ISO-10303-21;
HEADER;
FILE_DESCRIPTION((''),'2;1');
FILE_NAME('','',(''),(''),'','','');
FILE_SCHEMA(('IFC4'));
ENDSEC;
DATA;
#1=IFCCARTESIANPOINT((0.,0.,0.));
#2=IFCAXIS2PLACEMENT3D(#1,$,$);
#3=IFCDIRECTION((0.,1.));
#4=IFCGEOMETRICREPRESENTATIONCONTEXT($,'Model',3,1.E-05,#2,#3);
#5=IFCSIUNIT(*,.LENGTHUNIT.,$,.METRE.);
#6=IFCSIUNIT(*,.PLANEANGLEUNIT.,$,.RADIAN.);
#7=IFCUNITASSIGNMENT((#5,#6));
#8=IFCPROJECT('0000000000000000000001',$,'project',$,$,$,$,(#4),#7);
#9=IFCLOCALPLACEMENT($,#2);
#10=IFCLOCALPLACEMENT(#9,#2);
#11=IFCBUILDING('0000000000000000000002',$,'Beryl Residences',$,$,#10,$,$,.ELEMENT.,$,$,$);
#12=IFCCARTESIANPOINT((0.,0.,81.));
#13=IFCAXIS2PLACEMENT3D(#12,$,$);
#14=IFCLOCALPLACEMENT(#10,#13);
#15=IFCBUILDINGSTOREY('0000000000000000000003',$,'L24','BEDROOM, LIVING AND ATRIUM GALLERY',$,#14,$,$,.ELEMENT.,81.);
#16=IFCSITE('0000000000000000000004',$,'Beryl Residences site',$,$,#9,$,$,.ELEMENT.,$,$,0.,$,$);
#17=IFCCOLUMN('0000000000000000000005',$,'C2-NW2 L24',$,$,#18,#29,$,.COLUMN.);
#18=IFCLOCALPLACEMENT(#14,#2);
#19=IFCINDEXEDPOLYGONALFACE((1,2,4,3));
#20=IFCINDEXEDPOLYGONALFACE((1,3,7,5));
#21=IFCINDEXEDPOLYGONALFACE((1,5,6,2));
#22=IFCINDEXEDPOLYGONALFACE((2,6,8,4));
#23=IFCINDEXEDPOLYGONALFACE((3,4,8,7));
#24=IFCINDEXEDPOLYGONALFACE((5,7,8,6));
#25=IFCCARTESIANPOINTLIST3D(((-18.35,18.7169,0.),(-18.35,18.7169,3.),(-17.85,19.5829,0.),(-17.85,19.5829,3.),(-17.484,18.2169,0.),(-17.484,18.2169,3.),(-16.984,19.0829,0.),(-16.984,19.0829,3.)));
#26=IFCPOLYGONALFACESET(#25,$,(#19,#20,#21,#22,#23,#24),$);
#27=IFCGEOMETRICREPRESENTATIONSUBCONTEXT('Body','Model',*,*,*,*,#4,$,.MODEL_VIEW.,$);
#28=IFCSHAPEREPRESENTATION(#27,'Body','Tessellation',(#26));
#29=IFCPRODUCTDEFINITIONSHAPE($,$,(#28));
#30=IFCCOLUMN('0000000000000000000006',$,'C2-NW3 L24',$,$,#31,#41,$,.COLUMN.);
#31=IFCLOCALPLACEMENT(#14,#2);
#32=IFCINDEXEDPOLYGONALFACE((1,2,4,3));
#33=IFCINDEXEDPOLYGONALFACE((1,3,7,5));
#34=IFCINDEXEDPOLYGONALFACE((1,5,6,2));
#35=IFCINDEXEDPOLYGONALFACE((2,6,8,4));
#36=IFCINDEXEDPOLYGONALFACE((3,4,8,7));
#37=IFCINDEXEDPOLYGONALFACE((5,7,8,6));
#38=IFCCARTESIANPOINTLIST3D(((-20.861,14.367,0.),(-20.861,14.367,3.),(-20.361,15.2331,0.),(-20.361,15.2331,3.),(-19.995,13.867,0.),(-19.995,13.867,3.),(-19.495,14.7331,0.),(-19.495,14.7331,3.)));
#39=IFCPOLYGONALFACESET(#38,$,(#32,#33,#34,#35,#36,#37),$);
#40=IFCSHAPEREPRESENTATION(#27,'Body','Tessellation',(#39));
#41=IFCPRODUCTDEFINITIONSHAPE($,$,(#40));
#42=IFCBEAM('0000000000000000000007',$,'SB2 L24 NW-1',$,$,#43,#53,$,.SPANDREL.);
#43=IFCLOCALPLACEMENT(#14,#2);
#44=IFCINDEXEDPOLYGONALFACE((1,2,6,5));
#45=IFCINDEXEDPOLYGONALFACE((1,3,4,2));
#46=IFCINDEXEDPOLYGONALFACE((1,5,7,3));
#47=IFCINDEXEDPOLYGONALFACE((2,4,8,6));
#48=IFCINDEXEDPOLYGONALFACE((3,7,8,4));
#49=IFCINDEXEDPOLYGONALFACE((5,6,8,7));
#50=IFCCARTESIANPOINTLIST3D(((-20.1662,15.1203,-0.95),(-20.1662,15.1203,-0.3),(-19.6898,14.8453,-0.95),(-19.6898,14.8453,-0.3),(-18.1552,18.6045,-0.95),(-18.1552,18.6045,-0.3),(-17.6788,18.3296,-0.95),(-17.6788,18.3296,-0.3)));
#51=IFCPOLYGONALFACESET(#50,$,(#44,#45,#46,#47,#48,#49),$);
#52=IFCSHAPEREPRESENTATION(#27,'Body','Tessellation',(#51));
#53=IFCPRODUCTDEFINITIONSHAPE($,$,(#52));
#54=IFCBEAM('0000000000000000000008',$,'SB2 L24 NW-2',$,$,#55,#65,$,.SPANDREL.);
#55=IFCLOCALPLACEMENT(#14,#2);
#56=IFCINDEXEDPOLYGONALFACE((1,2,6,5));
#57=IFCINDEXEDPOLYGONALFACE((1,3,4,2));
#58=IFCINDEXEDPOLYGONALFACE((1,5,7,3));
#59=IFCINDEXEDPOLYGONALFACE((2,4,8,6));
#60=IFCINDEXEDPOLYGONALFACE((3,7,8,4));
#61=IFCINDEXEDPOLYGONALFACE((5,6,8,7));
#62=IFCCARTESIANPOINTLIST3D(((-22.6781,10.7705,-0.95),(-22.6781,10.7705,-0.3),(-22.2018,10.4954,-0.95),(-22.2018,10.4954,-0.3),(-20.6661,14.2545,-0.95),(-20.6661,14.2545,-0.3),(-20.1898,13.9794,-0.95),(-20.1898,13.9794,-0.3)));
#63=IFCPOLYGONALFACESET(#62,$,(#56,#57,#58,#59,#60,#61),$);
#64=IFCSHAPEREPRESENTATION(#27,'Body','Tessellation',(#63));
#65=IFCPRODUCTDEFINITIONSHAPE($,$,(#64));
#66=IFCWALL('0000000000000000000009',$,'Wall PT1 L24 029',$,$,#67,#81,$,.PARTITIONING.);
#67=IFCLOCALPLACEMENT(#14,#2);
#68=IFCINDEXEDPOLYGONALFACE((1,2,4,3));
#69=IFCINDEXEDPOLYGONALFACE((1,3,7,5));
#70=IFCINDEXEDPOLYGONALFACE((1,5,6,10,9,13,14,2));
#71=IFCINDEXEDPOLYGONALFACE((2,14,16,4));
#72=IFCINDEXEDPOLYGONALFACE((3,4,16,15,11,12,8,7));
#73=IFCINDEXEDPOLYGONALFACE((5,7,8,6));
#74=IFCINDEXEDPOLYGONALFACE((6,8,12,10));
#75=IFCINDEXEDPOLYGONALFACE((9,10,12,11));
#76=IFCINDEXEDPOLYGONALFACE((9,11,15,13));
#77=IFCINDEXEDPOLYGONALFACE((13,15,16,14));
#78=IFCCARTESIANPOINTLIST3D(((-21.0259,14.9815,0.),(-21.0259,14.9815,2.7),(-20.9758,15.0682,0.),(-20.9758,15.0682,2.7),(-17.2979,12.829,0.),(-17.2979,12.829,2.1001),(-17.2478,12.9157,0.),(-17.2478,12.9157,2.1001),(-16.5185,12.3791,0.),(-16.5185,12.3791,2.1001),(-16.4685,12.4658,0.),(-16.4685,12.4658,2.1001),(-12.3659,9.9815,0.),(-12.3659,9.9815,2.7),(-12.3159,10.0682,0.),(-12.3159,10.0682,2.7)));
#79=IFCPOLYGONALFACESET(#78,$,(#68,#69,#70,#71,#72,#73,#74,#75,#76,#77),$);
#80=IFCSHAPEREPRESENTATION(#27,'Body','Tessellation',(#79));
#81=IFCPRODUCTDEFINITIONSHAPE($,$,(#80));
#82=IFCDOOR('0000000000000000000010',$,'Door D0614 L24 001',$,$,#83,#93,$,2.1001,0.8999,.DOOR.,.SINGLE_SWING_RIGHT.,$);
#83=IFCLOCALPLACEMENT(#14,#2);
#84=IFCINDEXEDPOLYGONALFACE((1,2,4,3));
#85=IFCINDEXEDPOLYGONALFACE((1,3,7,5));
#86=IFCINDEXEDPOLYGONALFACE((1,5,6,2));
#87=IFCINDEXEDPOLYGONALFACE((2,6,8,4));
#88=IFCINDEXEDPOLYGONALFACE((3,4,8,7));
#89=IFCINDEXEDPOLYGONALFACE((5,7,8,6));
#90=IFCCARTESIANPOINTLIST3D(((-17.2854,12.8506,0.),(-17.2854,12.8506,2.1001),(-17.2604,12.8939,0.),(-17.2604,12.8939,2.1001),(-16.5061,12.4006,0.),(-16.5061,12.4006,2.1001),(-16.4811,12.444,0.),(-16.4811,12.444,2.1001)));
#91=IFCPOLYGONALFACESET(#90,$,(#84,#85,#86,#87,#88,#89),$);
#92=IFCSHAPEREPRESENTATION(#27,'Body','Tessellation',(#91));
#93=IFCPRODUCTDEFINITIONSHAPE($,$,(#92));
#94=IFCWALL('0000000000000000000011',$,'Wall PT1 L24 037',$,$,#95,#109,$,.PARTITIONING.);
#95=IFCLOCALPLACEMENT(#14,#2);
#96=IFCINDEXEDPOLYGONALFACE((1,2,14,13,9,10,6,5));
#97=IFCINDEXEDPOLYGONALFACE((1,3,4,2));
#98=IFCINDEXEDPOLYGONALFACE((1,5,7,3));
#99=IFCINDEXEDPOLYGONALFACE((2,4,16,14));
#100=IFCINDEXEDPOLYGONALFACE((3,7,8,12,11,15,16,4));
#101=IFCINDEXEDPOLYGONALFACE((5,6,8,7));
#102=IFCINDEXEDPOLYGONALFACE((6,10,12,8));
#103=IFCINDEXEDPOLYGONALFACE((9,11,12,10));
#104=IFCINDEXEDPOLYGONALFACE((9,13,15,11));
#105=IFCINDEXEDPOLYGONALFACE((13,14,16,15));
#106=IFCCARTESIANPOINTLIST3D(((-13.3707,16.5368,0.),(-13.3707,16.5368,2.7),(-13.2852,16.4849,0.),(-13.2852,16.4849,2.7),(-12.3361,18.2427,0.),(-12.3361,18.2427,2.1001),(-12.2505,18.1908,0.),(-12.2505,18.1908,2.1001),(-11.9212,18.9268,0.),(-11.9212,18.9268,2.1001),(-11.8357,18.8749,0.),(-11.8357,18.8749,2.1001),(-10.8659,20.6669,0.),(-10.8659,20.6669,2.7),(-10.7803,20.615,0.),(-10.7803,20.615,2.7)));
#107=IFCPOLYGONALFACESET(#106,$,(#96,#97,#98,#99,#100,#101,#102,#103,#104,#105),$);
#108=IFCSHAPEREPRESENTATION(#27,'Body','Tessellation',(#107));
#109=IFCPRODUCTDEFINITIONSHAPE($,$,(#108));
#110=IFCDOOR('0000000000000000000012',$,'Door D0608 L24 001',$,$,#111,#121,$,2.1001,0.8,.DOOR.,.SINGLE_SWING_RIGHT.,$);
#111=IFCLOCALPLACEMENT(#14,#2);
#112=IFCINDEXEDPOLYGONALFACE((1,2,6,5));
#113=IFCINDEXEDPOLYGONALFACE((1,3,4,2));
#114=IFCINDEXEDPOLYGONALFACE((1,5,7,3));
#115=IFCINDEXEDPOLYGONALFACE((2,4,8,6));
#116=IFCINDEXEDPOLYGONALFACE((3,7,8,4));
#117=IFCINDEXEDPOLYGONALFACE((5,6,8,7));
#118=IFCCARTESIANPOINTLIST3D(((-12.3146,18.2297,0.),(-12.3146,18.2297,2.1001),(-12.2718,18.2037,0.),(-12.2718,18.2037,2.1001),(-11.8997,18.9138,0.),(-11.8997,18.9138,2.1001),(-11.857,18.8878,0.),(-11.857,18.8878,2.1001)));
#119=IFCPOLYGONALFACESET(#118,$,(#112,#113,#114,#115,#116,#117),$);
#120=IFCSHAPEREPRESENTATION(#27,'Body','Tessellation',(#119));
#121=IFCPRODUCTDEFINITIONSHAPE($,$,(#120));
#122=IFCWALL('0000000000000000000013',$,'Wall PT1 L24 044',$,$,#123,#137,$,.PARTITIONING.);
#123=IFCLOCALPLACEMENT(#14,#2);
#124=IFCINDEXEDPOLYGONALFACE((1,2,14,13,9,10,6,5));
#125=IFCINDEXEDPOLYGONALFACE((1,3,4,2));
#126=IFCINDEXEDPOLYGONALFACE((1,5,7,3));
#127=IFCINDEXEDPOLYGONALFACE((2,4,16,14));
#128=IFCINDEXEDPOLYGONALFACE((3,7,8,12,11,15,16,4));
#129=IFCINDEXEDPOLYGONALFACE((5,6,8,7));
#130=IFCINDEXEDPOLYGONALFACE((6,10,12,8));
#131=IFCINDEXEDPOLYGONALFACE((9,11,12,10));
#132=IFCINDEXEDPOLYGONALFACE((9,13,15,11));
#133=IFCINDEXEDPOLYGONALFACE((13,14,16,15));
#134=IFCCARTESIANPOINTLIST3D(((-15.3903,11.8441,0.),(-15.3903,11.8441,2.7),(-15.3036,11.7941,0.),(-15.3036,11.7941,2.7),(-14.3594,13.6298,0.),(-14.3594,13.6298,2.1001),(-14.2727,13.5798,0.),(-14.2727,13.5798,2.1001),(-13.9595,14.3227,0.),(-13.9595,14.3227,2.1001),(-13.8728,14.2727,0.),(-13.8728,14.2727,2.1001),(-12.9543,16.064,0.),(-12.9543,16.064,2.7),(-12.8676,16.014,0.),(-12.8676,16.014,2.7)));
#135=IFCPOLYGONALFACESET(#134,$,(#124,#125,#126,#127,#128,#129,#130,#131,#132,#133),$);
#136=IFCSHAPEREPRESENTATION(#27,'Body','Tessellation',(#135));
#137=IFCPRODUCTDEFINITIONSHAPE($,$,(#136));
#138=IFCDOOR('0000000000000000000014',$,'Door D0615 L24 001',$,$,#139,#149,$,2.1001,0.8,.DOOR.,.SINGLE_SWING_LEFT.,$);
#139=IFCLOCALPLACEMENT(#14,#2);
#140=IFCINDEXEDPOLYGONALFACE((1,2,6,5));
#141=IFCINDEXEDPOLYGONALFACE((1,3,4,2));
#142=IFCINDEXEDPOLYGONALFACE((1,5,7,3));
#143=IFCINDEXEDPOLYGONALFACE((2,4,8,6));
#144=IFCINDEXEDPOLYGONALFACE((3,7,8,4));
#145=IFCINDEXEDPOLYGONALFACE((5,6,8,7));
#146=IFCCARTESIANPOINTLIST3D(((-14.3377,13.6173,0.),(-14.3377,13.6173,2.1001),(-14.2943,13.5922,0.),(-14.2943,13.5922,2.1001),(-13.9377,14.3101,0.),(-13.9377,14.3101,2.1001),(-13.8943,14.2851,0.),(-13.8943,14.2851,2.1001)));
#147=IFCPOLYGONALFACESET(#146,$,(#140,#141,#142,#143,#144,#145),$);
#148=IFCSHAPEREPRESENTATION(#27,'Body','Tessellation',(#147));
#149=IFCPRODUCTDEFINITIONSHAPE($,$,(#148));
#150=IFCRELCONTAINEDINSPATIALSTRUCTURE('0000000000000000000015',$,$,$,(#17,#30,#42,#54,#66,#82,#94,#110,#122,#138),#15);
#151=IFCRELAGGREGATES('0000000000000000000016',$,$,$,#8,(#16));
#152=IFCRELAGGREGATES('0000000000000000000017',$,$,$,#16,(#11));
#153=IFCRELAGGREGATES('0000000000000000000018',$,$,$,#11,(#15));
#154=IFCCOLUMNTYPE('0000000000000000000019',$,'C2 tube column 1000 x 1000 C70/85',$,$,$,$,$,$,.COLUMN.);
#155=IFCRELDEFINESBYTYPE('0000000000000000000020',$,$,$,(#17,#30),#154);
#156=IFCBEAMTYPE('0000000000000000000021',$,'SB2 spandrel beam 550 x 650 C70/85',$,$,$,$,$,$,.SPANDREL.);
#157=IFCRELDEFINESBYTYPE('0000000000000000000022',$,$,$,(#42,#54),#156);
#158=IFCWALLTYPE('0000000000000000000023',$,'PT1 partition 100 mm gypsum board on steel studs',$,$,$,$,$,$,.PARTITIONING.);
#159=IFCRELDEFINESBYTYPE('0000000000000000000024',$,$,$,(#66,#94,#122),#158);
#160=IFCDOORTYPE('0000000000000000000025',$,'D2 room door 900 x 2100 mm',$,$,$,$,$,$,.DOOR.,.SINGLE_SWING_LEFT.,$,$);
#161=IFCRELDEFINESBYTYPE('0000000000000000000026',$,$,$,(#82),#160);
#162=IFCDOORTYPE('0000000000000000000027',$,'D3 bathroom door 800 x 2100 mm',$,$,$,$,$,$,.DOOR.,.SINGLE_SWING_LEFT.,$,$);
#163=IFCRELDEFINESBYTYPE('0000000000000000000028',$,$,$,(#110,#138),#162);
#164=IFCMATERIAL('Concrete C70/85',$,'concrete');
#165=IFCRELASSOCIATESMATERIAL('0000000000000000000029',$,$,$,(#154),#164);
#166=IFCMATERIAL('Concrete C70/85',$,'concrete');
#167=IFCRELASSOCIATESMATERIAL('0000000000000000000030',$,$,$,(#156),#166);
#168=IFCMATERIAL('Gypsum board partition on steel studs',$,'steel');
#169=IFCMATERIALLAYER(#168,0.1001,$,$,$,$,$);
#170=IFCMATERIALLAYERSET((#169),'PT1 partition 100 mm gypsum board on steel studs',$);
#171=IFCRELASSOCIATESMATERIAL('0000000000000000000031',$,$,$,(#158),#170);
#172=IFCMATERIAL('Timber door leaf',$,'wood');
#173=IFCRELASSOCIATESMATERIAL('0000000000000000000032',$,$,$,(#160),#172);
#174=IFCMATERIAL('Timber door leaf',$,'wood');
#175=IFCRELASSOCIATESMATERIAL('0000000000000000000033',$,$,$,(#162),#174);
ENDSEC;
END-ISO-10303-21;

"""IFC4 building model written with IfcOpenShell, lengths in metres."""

from ifc_helpers import new_model, si_unit, direction, frame, frame_2d, origin, origin_2d, place, context, subcontext, project, spatial, rectangle, extrude, material, layer, layer_set, material_profile, profile_set, type_object, element, fill, save


model = new_model("IFC4")

# Units and contexts
model_context = context("Model", 3, precision=1e-05, world=origin(), true_north=direction((0.0, 1.0)))
body_context = subcontext(model_context, "Body", "Model", "MODEL_VIEW")
ifc_project = project(units=[si_unit("LENGTHUNIT", "METRE"), si_unit("PLANEANGLEUNIT", "RADIAN")], contexts=[model_context])

# Site, building, storey
site_placement = place(None, origin())
site = spatial("IfcSite", under=ifc_project, at=site_placement, Name="Beryl Residences site", CompositionType="ELEMENT", RefElevation=0.0)
building_placement = place(site_placement, origin())
building = spatial("IfcBuilding", under=site, at=building_placement, Name="Beryl Residences", CompositionType="ELEMENT")
storey_placement = place(building_placement, frame((0.0, 0.0, 81.0)))
storey = spatial("IfcBuildingStorey", under=building, at=storey_placement, Name="L24", Description="BEDROOM, LIVING AND ATRIUM GALLERY", CompositionType="ELEMENT", Elevation=81.0)

# Columns
ifc_material_1 = material(Name="Concrete C70/85", Category="concrete")
ifc_material_profile_1 = material_profile(ifc_material_1, rectangle(XDim=1.0, YDim=1.0, at=origin_2d()))
ifc_profile_set_1 = profile_set([ifc_material_profile_1], Name="Concrete C70/85")
column_type = type_object("IfcColumnType", Name="C2 tube column 1000 x 1000 C70/85", PredefinedType="COLUMN", material=ifc_profile_set_1)
for number, where, z_axis, x_axis, name in (
    (1, (-17.667, 18.8999, 0.0), (0.0, 0.0, 1.0), (-0.5, -0.866025, 0.0), "C2-NW2 L24"),
    (2, (-20.178, 14.55, 0.0), (0.0, 0.0, 1.0), (-0.5, -0.866025, 0.0), "C2-NW3 L24"),
):
    element("IfcColumn", number, at=place(storey_placement, frame(where, z_axis=z_axis, x_axis=x_axis)), inside=storey, type_object=column_type, Name=name, PredefinedType="COLUMN", context=body_context, shape_type="SweptSolid", body=[
        extrude(rectangle(XDim=1.0, YDim=1.0, at=origin_2d()), origin(), (0.0, 0.0, 1.0), 3.0),
    ])

# Beams
ifc_material_2 = material(Name="Concrete C70/85", Category="concrete")
ifc_material_profile_2 = material_profile(ifc_material_2, rectangle(XDim=0.55, YDim=0.6499, at=origin_2d()))
ifc_profile_set_2 = profile_set([ifc_material_profile_2], Name="Concrete C70/85")
beam_type = type_object("IfcBeamType", Name="SB2 spandrel beam 550 x 650 C70/85", PredefinedType="SPANDREL", material=ifc_profile_set_2)
beam_1_placement = place(storey_placement, frame((-17.917, 18.467, -0.625), z_axis=(-0.499892, -0.866088, 0.0), x_axis=(0.866088, -0.499892, 0.0)))
element("IfcBeam", 3, at=beam_1_placement, inside=storey, type_object=beam_type, Name="SB2 L24 NW-1", PredefinedType="SPANDREL", context=body_context, shape_type="SweptSolid", body=[
    extrude(rectangle(XDim=0.55, YDim=0.6499, at=origin_2d()), origin(), (0.0, 0.0, 1.0), 4.0229),
])
beam_2_placement = place(storey_placement, frame((-20.428, 14.1169, -0.625), z_axis=(-0.500101, -0.865967, 0.0), x_axis=(0.865967, -0.500101, 0.0)))
element("IfcBeam", 4, at=beam_2_placement, inside=storey, type_object=beam_type, Name="SB2 L24 NW-2", PredefinedType="SPANDREL", context=body_context, shape_type="SweptSolid", body=[
    extrude(rectangle(XDim=0.55, YDim=0.6499, at=origin_2d()), origin(), (0.0, 0.0, 1.0), 4.0232),
])

# Walls, openings, doors
ifc_material_3 = material(Name="Gypsum board partition on steel studs", Category="steel")
ifc_layer = layer(ifc_material_3, 0.1001)
ifc_layer_set = layer_set([ifc_layer], Name="PT1 partition 100 mm gypsum board on steel studs")
wall_type = type_object("IfcWallType", Name="PT1 partition 100 mm gypsum board on steel studs", PredefinedType="PARTITIONING", material=ifc_layer_set)
wall_1_placement = place(storey_placement, frame((-21.001, 15.0249, 0.0), z_axis=(0.0, 0.0, 1.0), x_axis=(0.866017, -0.500015, 0.0)))
wall_1 = element("IfcWall", 5, at=wall_1_placement, inside=storey, type_object=wall_type, Name="Wall PT1 L24 029", PredefinedType="PARTITIONING", context=body_context, shape_type="SweptSolid", body=[
    extrude(rectangle(XDim=9.9998, YDim=0.1001, at=frame_2d((5.0, 0.0))), origin(), (0.0, 0.0, 1.0), 2.7),
])
opening_1_placement = place(wall_1_placement, frame((4.3049, 0.0, 0.0)))
opening_1 = element("IfcOpeningElement", 6, at=opening_1_placement, cuts=wall_1, PredefinedType="OPENING", context=body_context, shape_type="SweptSolid", body=[
    extrude(rectangle(XDim=0.8999, YDim=2.1001, at=frame_2d((0.45, 1.05))), frame((0.0, 0.0601, 0.0), z_axis=(0.0, -1.0, 0.0), x_axis=(1.0, 0.0, 0.0)), (0.0, 0.0, 1.0), 0.1201),
])
ifc_material_4 = material(Name="Timber door leaf", Category="wood")
door_type_1 = type_object("IfcDoorType", Name="D2 room door 900 x 2100 mm", OperationType="SINGLE_SWING_LEFT", PredefinedType="DOOR", material=ifc_material_4)
door_1_placement = place(opening_1_placement, origin())
door_1 = element("IfcDoor", 7, at=door_1_placement, inside=storey, type_object=door_type_1, Name="Door D0614 L24 001", OperationType="SINGLE_SWING_RIGHT", OverallHeight=2.1001, OverallWidth=0.8999, PredefinedType="DOOR", context=body_context, shape_type="SweptSolid", body=[
    extrude(rectangle(XDim=0.8999, YDim=2.1001, at=frame_2d((0.45, 1.05))), frame((0.0, 0.0249, 0.0), z_axis=(0.0, -1.0, 0.0), x_axis=(1.0, 0.0, 0.0)), (0.0, 0.0, 1.0), 0.05),
])
fill(opening_1, door_1)
wall_2_placement = place(storey_placement, frame((-13.3279, 16.511, 0.0), z_axis=(0.0, 0.0, 1.0), x_axis=(0.518571, 0.855035, 0.0)))
wall_2 = element("IfcWall", 8, at=wall_2_placement, inside=storey, type_object=wall_type, Name="Wall PT1 L24 037", PredefinedType="PARTITIONING", context=body_context, shape_type="SweptSolid", body=[
    extrude(rectangle(XDim=4.8303, YDim=0.1001, at=frame_2d((2.415, 0.0))), origin(), (0.0, 0.0, 1.0), 2.7),
])
opening_2_placement = place(wall_2_placement, frame((1.9951, 0.0, 0.0)))
opening_2 = element("IfcOpeningElement", 9, at=opening_2_placement, cuts=wall_2, PredefinedType="OPENING", context=body_context, shape_type="SweptSolid", body=[
    extrude(rectangle(XDim=0.8, YDim=2.1001, at=frame_2d((0.3999, 1.05))), frame((0.0, 0.0601, 0.0), z_axis=(0.0, -1.0, 0.0), x_axis=(1.0, 0.0, 0.0)), (0.0, 0.0, 1.0), 0.1201),
])
ifc_material_5 = material(Name="Timber door leaf", Category="wood")
door_type_2 = type_object("IfcDoorType", Name="D3 bathroom door 800 x 2100 mm", OperationType="SINGLE_SWING_LEFT", PredefinedType="DOOR", material=ifc_material_5)
door_2_placement = place(opening_2_placement, origin())
door_2 = element("IfcDoor", 10, at=door_2_placement, inside=storey, type_object=door_type_2, Name="Door D0608 L24 001", OperationType="SINGLE_SWING_RIGHT", OverallHeight=2.1001, OverallWidth=0.8, PredefinedType="DOOR", context=body_context, shape_type="SweptSolid", body=[
    extrude(rectangle(XDim=0.8, YDim=2.1001, at=frame_2d((0.3999, 1.05))), frame((0.0, 0.0249, 0.0), z_axis=(0.0, -1.0, 0.0), x_axis=(1.0, 0.0, 0.0)), (0.0, 0.0, 1.0), 0.05),
])
fill(opening_2, door_2)
wall_3_placement = place(storey_placement, frame((-15.3469, 11.8191, 0.0), z_axis=(0.0, 0.0, 1.0), x_axis=(0.499944, 0.866058, 0.0)))
wall_3 = element("IfcWall", 11, at=wall_3_placement, inside=storey, type_object=wall_type, Name="Wall PT1 L24 044", PredefinedType="PARTITIONING", context=body_context, shape_type="SweptSolid", body=[
    extrude(rectangle(XDim=4.8726, YDim=0.1001, at=frame_2d((2.4363, 0.0))), origin(), (0.0, 0.0, 1.0), 2.7),
])
opening_3_placement = place(wall_3_placement, frame((2.062, 0.0, 0.0)))
opening_3 = element("IfcOpeningElement", 12, at=opening_3_placement, cuts=wall_3, PredefinedType="OPENING", context=body_context, shape_type="SweptSolid", body=[
    extrude(rectangle(XDim=0.8, YDim=2.1001, at=frame_2d((0.3999, 1.05))), frame((0.0, 0.0601, 0.0), z_axis=(0.0, -1.0, 0.0), x_axis=(1.0, 0.0, 0.0)), (0.0, 0.0, 1.0), 0.1201),
])
door_3_placement = place(opening_3_placement, origin())
door_3 = element("IfcDoor", 13, at=door_3_placement, inside=storey, type_object=door_type_2, Name="Door D0615 L24 001", OperationType="SINGLE_SWING_LEFT", OverallHeight=2.1001, OverallWidth=0.8, PredefinedType="DOOR", context=body_context, shape_type="SweptSolid", body=[
    extrude(rectangle(XDim=0.8, YDim=2.1001, at=frame_2d((0.3999, 1.05))), frame((0.0, 0.0249, 0.0), z_axis=(0.0, -1.0, 0.0), x_axis=(1.0, 0.0, 0.0)), (0.0, 0.0, 1.0), 0.05),
])
fill(opening_3, door_3)

save(model, "model.ifc")
